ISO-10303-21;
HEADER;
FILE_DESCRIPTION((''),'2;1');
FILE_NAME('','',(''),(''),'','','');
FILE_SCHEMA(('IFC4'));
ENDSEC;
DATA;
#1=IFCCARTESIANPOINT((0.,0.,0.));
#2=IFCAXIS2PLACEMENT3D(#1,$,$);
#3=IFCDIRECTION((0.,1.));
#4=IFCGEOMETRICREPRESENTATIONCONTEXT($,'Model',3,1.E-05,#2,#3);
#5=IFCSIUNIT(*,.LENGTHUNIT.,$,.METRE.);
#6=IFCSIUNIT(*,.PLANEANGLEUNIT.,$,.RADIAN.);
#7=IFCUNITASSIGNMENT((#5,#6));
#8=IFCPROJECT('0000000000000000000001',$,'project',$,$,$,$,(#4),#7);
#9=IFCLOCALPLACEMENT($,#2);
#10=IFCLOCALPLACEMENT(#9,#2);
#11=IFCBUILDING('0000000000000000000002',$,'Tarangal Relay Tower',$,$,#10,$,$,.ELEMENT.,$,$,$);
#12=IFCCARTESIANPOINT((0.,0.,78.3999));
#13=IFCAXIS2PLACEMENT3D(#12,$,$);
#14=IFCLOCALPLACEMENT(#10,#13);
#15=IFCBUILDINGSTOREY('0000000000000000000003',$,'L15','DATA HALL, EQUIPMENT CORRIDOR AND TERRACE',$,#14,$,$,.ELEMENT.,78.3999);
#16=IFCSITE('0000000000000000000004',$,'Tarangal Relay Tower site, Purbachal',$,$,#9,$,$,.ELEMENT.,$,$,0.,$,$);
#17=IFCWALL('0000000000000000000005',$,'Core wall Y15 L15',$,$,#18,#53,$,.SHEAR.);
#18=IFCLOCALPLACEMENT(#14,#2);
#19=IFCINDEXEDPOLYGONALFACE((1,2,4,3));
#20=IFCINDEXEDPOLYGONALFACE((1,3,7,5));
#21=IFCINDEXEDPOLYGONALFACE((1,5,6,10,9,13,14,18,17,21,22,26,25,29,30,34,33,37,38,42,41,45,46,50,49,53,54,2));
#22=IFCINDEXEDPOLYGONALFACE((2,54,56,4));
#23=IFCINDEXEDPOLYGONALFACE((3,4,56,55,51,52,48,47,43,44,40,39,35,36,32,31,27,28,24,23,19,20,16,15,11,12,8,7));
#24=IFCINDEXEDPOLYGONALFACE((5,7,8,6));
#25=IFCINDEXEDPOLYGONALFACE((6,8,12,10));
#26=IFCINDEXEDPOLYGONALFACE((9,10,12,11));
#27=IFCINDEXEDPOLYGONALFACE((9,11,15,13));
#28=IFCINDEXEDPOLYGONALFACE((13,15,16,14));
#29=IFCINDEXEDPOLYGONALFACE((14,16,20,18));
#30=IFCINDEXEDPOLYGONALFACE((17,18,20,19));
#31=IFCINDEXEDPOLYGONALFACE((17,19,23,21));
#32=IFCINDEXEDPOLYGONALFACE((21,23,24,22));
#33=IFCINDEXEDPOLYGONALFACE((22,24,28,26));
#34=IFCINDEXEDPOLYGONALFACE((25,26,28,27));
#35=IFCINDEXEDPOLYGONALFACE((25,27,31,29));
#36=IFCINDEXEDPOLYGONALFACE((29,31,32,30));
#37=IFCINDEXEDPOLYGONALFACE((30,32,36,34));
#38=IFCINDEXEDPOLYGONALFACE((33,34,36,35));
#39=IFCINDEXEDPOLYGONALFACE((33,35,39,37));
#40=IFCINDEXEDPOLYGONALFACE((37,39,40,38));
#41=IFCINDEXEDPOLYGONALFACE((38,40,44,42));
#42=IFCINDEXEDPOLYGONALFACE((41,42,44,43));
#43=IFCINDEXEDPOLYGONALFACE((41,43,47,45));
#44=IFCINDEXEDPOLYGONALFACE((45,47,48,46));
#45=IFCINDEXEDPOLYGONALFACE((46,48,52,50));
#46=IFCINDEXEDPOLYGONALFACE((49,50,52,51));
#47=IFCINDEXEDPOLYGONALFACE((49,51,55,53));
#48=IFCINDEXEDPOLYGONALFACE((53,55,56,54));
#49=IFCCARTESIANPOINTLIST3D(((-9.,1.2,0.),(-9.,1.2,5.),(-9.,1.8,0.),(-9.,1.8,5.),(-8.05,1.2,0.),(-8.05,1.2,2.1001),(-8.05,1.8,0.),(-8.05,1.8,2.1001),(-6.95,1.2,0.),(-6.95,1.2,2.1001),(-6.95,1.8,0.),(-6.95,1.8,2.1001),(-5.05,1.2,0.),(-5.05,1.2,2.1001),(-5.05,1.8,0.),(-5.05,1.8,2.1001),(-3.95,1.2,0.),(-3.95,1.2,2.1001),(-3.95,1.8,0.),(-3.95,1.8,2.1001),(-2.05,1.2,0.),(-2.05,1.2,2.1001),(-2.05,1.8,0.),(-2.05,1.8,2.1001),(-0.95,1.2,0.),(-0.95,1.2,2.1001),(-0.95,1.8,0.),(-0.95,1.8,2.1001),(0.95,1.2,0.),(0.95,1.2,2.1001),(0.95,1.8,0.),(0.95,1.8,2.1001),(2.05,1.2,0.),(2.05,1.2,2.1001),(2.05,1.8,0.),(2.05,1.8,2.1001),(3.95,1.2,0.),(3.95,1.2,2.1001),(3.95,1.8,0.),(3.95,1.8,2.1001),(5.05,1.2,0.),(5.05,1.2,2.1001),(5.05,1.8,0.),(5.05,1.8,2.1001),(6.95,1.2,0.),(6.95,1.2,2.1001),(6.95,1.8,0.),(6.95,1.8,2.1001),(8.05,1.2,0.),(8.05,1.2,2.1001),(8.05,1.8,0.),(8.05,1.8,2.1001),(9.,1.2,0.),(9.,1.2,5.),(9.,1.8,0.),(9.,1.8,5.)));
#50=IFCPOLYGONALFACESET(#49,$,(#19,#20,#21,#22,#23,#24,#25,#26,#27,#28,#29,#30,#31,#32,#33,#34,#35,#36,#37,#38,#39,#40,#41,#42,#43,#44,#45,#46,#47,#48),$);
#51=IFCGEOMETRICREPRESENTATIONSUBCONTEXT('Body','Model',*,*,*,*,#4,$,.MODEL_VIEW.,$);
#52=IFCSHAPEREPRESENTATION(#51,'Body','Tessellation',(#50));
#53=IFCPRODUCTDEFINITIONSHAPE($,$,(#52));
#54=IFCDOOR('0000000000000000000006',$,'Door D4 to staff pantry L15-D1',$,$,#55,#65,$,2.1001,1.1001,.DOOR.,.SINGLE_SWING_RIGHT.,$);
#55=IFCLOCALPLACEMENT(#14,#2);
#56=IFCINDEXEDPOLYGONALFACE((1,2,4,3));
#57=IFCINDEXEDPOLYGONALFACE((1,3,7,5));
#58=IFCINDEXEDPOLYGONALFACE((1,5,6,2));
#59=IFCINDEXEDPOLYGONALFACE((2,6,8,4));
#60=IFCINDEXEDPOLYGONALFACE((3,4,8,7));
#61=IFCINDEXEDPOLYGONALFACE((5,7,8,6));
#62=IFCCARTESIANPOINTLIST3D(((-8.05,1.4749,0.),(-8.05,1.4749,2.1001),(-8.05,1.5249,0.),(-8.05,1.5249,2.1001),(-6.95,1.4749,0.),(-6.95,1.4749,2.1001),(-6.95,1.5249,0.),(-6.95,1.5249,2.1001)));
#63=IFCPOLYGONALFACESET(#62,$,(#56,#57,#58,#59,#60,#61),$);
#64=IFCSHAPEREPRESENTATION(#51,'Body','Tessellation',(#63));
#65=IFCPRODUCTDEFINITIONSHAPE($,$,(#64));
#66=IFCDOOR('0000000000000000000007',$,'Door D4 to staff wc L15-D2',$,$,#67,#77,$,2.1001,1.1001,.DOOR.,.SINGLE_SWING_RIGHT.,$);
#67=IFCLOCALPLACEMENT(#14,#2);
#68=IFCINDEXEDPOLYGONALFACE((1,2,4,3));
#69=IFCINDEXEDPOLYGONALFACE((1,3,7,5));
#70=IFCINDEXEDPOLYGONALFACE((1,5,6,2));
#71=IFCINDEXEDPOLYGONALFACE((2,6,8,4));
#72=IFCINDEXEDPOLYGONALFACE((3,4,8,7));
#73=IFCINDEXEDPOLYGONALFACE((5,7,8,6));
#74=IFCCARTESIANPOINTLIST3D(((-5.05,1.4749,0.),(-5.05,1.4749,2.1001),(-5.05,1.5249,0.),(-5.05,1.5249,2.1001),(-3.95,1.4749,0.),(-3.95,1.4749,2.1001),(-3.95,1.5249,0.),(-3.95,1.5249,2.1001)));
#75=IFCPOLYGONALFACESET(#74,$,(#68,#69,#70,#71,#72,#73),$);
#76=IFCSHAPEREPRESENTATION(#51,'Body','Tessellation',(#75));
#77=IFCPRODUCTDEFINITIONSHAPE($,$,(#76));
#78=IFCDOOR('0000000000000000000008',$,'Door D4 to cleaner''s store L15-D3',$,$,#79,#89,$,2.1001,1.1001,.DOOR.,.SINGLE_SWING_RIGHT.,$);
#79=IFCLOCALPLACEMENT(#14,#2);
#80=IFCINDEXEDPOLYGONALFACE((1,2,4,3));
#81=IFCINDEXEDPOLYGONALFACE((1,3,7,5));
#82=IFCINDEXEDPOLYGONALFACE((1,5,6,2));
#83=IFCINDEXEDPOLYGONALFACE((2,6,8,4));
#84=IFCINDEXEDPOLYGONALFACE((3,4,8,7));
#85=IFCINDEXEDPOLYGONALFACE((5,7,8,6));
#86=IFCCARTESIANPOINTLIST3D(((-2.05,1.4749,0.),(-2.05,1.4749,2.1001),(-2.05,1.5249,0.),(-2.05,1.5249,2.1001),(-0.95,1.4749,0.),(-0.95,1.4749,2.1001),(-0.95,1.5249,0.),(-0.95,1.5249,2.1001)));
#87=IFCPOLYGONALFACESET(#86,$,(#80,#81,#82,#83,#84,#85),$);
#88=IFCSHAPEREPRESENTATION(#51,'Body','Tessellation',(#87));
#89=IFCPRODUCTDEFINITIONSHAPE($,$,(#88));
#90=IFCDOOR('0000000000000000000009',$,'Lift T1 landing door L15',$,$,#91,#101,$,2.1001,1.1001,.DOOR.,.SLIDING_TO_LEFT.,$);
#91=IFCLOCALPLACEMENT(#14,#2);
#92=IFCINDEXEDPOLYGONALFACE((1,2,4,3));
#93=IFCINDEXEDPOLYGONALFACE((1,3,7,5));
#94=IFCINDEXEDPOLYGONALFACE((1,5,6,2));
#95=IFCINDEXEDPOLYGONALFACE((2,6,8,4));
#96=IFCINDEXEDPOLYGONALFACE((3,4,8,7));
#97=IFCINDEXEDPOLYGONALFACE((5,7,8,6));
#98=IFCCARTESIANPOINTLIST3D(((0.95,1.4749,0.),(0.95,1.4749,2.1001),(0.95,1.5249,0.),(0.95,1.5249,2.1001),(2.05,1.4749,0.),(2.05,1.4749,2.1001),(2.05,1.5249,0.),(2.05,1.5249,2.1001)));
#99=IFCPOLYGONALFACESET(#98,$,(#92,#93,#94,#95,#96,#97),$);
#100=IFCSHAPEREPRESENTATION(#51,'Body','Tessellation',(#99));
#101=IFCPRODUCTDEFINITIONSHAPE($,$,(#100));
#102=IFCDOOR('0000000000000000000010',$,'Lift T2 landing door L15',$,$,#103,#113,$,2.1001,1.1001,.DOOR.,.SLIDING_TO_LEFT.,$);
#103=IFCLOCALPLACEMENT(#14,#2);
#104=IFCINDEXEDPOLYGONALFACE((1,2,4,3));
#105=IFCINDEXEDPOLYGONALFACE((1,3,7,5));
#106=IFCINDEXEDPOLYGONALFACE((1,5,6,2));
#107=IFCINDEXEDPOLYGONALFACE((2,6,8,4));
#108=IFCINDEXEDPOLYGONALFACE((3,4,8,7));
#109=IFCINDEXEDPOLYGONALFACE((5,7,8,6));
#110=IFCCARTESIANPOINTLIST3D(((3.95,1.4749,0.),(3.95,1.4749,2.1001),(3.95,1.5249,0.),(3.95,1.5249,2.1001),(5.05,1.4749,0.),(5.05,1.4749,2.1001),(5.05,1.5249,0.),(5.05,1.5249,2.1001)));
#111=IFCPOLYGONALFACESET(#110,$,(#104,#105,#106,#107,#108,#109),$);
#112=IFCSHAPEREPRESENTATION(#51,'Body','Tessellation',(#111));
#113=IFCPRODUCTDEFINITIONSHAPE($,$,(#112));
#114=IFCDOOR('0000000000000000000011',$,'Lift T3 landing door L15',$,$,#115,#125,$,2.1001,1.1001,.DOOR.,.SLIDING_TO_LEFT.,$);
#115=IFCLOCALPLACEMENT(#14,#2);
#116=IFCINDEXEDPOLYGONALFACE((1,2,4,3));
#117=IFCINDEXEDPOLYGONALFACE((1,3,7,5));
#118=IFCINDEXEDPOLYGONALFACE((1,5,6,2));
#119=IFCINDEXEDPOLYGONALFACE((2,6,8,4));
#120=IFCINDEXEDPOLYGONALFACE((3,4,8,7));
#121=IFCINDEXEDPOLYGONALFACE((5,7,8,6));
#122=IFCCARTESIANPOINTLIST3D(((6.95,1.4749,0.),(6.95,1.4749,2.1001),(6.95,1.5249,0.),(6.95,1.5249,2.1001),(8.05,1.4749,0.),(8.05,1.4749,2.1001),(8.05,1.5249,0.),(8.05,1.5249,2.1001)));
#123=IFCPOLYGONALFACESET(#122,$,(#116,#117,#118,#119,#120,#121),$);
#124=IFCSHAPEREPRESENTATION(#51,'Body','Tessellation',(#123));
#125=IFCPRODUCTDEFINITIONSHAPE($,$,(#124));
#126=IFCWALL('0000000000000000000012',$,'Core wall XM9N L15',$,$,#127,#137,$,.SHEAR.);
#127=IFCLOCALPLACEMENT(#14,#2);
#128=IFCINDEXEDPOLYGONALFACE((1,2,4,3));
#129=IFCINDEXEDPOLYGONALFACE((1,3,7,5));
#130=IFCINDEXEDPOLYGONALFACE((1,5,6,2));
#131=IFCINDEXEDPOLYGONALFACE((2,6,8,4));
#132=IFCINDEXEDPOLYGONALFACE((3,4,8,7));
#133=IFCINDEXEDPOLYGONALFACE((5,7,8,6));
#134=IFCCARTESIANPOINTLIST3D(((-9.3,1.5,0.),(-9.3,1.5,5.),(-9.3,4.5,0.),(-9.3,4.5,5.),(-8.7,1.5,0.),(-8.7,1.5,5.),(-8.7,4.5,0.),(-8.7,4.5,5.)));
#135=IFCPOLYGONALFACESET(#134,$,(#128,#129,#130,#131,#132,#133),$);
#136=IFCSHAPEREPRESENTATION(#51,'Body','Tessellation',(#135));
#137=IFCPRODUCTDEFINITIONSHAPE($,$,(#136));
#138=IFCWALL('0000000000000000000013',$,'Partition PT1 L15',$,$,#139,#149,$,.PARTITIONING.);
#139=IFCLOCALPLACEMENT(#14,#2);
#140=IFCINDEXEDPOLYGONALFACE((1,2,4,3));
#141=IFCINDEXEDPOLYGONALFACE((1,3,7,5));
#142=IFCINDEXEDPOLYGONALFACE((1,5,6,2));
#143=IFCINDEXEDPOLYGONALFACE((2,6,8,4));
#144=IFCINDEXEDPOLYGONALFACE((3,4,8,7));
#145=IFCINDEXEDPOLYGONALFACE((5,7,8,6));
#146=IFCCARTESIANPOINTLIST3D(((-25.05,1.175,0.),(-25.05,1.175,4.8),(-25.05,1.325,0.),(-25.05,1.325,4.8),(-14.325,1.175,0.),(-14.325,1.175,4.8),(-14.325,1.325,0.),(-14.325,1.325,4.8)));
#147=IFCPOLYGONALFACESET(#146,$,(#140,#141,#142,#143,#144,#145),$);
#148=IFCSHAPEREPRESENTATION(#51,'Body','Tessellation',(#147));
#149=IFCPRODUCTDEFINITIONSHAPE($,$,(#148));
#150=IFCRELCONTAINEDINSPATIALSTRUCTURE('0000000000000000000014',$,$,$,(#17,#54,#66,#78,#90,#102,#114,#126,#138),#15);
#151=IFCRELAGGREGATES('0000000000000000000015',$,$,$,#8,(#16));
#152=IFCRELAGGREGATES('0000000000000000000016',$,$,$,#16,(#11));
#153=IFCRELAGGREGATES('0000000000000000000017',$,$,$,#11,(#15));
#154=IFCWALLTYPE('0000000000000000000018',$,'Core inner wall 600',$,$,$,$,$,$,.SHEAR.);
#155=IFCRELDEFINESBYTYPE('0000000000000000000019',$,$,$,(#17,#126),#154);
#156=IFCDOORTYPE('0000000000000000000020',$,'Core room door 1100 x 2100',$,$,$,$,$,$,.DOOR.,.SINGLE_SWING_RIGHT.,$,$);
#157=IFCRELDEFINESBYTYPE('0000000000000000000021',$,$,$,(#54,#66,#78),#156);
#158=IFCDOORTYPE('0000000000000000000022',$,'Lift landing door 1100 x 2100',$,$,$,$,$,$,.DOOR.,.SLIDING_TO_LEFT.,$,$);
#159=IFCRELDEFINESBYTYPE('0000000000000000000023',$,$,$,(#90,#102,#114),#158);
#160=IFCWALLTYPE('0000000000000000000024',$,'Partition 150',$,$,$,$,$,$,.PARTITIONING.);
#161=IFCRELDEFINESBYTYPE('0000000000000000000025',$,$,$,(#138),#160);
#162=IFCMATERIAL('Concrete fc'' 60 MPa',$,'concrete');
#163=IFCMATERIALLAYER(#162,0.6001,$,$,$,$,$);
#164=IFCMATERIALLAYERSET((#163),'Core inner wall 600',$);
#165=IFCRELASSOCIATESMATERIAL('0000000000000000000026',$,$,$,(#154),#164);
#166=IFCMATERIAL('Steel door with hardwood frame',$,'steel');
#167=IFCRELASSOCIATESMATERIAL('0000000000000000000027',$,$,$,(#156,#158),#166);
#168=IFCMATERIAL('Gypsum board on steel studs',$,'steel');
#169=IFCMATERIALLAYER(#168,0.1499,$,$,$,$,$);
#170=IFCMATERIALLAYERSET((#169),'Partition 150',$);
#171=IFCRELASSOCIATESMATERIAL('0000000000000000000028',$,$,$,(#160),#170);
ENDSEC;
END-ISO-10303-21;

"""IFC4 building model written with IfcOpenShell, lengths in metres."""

from ifc_helpers import new_model, si_unit, direction, frame, frame_2d, origin, place, context, subcontext, project, spatial, rectangle, extrude, material, layer, layer_set, type_object, element, fill, save


model = new_model("IFC4")

# Units and contexts
model_context = context("Model", 3, precision=1e-05, world=origin(), true_north=direction((0.0, 1.0)))
body_context = subcontext(model_context, "Body", "Model", "MODEL_VIEW")
ifc_project = project(units=[si_unit("LENGTHUNIT", "METRE"), si_unit("PLANEANGLEUNIT", "RADIAN")], contexts=[model_context])

# Site, building, storey
site_placement = place(None, origin())
site = spatial("IfcSite", under=ifc_project, at=site_placement, Name="Tarangal Relay Tower site, Purbachal", CompositionType="ELEMENT", RefElevation=0.0)
building_placement = place(site_placement, origin())
building = spatial("IfcBuilding", under=site, at=building_placement, Name="Tarangal Relay Tower", CompositionType="ELEMENT")
storey_placement = place(building_placement, frame((0.0, 0.0, 78.3999)))
storey = spatial("IfcBuildingStorey", under=building, at=storey_placement, Name="L15", Description="DATA HALL, EQUIPMENT CORRIDOR AND TERRACE", CompositionType="ELEMENT", Elevation=78.3999)

# Wall, openings, doors
ifc_material_1 = material(Name="Concrete fc' 60 MPa", Category="concrete")
ifc_layer_1 = layer(ifc_material_1, 0.6001)
ifc_layer_set_1 = layer_set([ifc_layer_1], Name="Core inner wall 600")
wall_type_1 = type_object("IfcWallType", Name="Core inner wall 600", PredefinedType="SHEAR", material=ifc_layer_set_1)
ifc_material_2 = material(Name="Steel door with hardwood frame", Category="steel")
wall_1_placement = place(storey_placement, frame((-9.0, 1.5, 0.0), z_axis=(0.0, 0.0, 1.0), x_axis=(1.0, 0.0, 0.0)))
wall_1 = element("IfcWall", 1, at=wall_1_placement, inside=storey, type_object=wall_type_1, Name="Core wall Y15 L15", PredefinedType="SHEAR", context=body_context, shape_type="SweptSolid", body=[
    extrude(rectangle(XDim=18.0, YDim=0.6001, at=frame_2d((9.0, 0.0))), origin(), (0.0, 0.0, 1.0), 5.0),
])
opening_1_placement = place(wall_1_placement, frame((9.95, 0.0, 0.0)))
opening_1 = element("IfcOpeningElement", 2, at=opening_1_placement, cuts=wall_1, PredefinedType="OPENING", context=body_context, shape_type="SweptSolid", body=[
    extrude(rectangle(XDim=1.1001, YDim=2.1001, at=frame_2d((0.55, 1.05))), frame((0.0, 0.3101, 0.0), z_axis=(0.0, -1.0, 0.0), x_axis=(1.0, 0.0, 0.0)), (0.0, 0.0, 1.0), 0.6201),
])
opening_2_placement = place(wall_1_placement, frame((12.95, 0.0, 0.0)))
opening_2 = element("IfcOpeningElement", 3, at=opening_2_placement, cuts=wall_1, PredefinedType="OPENING", context=body_context, shape_type="SweptSolid", body=[
    extrude(rectangle(XDim=1.1001, YDim=2.1001, at=frame_2d((0.55, 1.05))), frame((0.0, 0.3101, 0.0), z_axis=(0.0, -1.0, 0.0), x_axis=(1.0, 0.0, 0.0)), (0.0, 0.0, 1.0), 0.6201),
])
opening_3_placement = place(wall_1_placement, frame((15.95, 0.0, 0.0)))
opening_3 = element("IfcOpeningElement", 4, at=opening_3_placement, cuts=wall_1, PredefinedType="OPENING", context=body_context, shape_type="SweptSolid", body=[
    extrude(rectangle(XDim=1.1001, YDim=2.1001, at=frame_2d((0.55, 1.05))), frame((0.0, 0.3101, 0.0), z_axis=(0.0, -1.0, 0.0), x_axis=(1.0, 0.0, 0.0)), (0.0, 0.0, 1.0), 0.6201),
])
opening_4_placement = place(wall_1_placement, frame((0.95, 0.0, 0.0)))
opening_4 = element("IfcOpeningElement", 5, at=opening_4_placement, cuts=wall_1, PredefinedType="OPENING", context=body_context, shape_type="SweptSolid", body=[
    extrude(rectangle(XDim=1.1001, YDim=2.1001, at=frame_2d((0.55, 1.05))), frame((0.0, 0.3101, 0.0), z_axis=(0.0, -1.0, 0.0), x_axis=(1.0, 0.0, 0.0)), (0.0, 0.0, 1.0), 0.6201),
])
opening_5_placement = place(wall_1_placement, frame((3.95, 0.0, 0.0)))
opening_5 = element("IfcOpeningElement", 6, at=opening_5_placement, cuts=wall_1, PredefinedType="OPENING", context=body_context, shape_type="SweptSolid", body=[
    extrude(rectangle(XDim=1.1001, YDim=2.1001, at=frame_2d((0.55, 1.05))), frame((0.0, 0.3101, 0.0), z_axis=(0.0, -1.0, 0.0), x_axis=(1.0, 0.0, 0.0)), (0.0, 0.0, 1.0), 0.6201),
])
opening_6_placement = place(wall_1_placement, frame((6.95, 0.0, 0.0)))
opening_6 = element("IfcOpeningElement", 7, at=opening_6_placement, cuts=wall_1, PredefinedType="OPENING", context=body_context, shape_type="SweptSolid", body=[
    extrude(rectangle(XDim=1.1001, YDim=2.1001, at=frame_2d((0.55, 1.05))), frame((0.0, 0.3101, 0.0), z_axis=(0.0, -1.0, 0.0), x_axis=(1.0, 0.0, 0.0)), (0.0, 0.0, 1.0), 0.6201),
])
door_type_1 = type_object("IfcDoorType", Name="Core room door 1100 x 2100", OperationType="SINGLE_SWING_RIGHT", PredefinedType="DOOR", material=ifc_material_2)
door_1_placement = place(opening_4_placement, origin())
door_1 = element("IfcDoor", 8, at=door_1_placement, inside=storey, type_object=door_type_1, Name="Door D4 to staff pantry L15-D1", OperationType="SINGLE_SWING_RIGHT", OverallHeight=2.1001, OverallWidth=1.1001, PredefinedType="DOOR", context=body_context, shape_type="SweptSolid", body=[
    extrude(rectangle(XDim=1.1001, YDim=2.1001, at=frame_2d((0.55, 1.05))), frame((0.0, 0.0249, 0.0), z_axis=(0.0, -1.0, 0.0), x_axis=(1.0, 0.0, 0.0)), (0.0, 0.0, 1.0), 0.05),
])
fill(opening_4, door_1)
door_2_placement = place(opening_5_placement, origin())
door_2 = element("IfcDoor", 9, at=door_2_placement, inside=storey, type_object=door_type_1, Name="Door D4 to staff wc L15-D2", OperationType="SINGLE_SWING_RIGHT", OverallHeight=2.1001, OverallWidth=1.1001, PredefinedType="DOOR", context=body_context, shape_type="SweptSolid", body=[
    extrude(rectangle(XDim=1.1001, YDim=2.1001, at=frame_2d((0.55, 1.05))), frame((0.0, 0.0249, 0.0), z_axis=(0.0, -1.0, 0.0), x_axis=(1.0, 0.0, 0.0)), (0.0, 0.0, 1.0), 0.05),
])
fill(opening_5, door_2)
door_3_placement = place(opening_6_placement, origin())
door_3 = element("IfcDoor", 10, at=door_3_placement, inside=storey, type_object=door_type_1, Name="Door D4 to cleaner's store L15-D3", OperationType="SINGLE_SWING_RIGHT", OverallHeight=2.1001, OverallWidth=1.1001, PredefinedType="DOOR", context=body_context, shape_type="SweptSolid", body=[
    extrude(rectangle(XDim=1.1001, YDim=2.1001, at=frame_2d((0.55, 1.05))), frame((0.0, 0.0249, 0.0), z_axis=(0.0, -1.0, 0.0), x_axis=(1.0, 0.0, 0.0)), (0.0, 0.0, 1.0), 0.05),
])
fill(opening_6, door_3)
door_type_2 = type_object("IfcDoorType", Name="Lift landing door 1100 x 2100", OperationType="SLIDING_TO_LEFT", PredefinedType="DOOR", material=ifc_material_2)
door_4_placement = place(opening_1_placement, origin())
door_4 = element("IfcDoor", 11, at=door_4_placement, inside=storey, type_object=door_type_2, Name="Lift T1 landing door L15", OperationType="SLIDING_TO_LEFT", OverallHeight=2.1001, OverallWidth=1.1001, PredefinedType="DOOR", context=body_context, shape_type="SweptSolid", body=[
    extrude(rectangle(XDim=1.1001, YDim=2.1001, at=frame_2d((0.55, 1.05))), frame((0.0, 0.0249, 0.0), z_axis=(0.0, -1.0, 0.0), x_axis=(1.0, 0.0, 0.0)), (0.0, 0.0, 1.0), 0.05),
])
fill(opening_1, door_4)
door_5_placement = place(opening_2_placement, origin())
door_5 = element("IfcDoor", 12, at=door_5_placement, inside=storey, type_object=door_type_2, Name="Lift T2 landing door L15", OperationType="SLIDING_TO_LEFT", OverallHeight=2.1001, OverallWidth=1.1001, PredefinedType="DOOR", context=body_context, shape_type="SweptSolid", body=[
    extrude(rectangle(XDim=1.1001, YDim=2.1001, at=frame_2d((0.55, 1.05))), frame((0.0, 0.0249, 0.0), z_axis=(0.0, -1.0, 0.0), x_axis=(1.0, 0.0, 0.0)), (0.0, 0.0, 1.0), 0.05),
])
fill(opening_2, door_5)
door_6_placement = place(opening_3_placement, origin())
door_6 = element("IfcDoor", 13, at=door_6_placement, inside=storey, type_object=door_type_2, Name="Lift T3 landing door L15", OperationType="SLIDING_TO_LEFT", OverallHeight=2.1001, OverallWidth=1.1001, PredefinedType="DOOR", context=body_context, shape_type="SweptSolid", body=[
    extrude(rectangle(XDim=1.1001, YDim=2.1001, at=frame_2d((0.55, 1.05))), frame((0.0, 0.0249, 0.0), z_axis=(0.0, -1.0, 0.0), x_axis=(1.0, 0.0, 0.0)), (0.0, 0.0, 1.0), 0.05),
])
fill(opening_3, door_6)

# Walls
wall_2_placement = place(storey_placement, frame((-9.0, 1.5, 0.0), z_axis=(0.0, 0.0, 1.0), x_axis=(0.0, 1.0, 0.0)))
element("IfcWall", 14, at=wall_2_placement, inside=storey, type_object=wall_type_1, Name="Core wall XM9N L15", PredefinedType="SHEAR", context=body_context, shape_type="SweptSolid", body=[
    extrude(rectangle(XDim=3.0, YDim=0.6001, at=frame_2d((1.5, 0.0))), origin(), (0.0, 0.0, 1.0), 5.0),
])
ifc_material_3 = material(Name="Gypsum board on steel studs", Category="steel")
ifc_layer_2 = layer(ifc_material_3, 0.1499)
ifc_layer_set_2 = layer_set([ifc_layer_2], Name="Partition 150")
wall_type_2 = type_object("IfcWallType", Name="Partition 150", PredefinedType="PARTITIONING", material=ifc_layer_set_2)
wall_3_placement = place(storey_placement, frame((-25.05, 1.25, 0.0), z_axis=(0.0, 0.0, 1.0), x_axis=(1.0, 0.0, 0.0)))
element("IfcWall", 15, at=wall_3_placement, inside=storey, type_object=wall_type_2, Name="Partition PT1 L15", PredefinedType="PARTITIONING", context=body_context, shape_type="SweptSolid", body=[
    extrude(rectangle(XDim=10.7251, YDim=0.1499, at=frame_2d((5.3625, 0.0))), origin(), (0.0, 0.0, 1.0), 4.8),
])

save(model, "model.ifc")
